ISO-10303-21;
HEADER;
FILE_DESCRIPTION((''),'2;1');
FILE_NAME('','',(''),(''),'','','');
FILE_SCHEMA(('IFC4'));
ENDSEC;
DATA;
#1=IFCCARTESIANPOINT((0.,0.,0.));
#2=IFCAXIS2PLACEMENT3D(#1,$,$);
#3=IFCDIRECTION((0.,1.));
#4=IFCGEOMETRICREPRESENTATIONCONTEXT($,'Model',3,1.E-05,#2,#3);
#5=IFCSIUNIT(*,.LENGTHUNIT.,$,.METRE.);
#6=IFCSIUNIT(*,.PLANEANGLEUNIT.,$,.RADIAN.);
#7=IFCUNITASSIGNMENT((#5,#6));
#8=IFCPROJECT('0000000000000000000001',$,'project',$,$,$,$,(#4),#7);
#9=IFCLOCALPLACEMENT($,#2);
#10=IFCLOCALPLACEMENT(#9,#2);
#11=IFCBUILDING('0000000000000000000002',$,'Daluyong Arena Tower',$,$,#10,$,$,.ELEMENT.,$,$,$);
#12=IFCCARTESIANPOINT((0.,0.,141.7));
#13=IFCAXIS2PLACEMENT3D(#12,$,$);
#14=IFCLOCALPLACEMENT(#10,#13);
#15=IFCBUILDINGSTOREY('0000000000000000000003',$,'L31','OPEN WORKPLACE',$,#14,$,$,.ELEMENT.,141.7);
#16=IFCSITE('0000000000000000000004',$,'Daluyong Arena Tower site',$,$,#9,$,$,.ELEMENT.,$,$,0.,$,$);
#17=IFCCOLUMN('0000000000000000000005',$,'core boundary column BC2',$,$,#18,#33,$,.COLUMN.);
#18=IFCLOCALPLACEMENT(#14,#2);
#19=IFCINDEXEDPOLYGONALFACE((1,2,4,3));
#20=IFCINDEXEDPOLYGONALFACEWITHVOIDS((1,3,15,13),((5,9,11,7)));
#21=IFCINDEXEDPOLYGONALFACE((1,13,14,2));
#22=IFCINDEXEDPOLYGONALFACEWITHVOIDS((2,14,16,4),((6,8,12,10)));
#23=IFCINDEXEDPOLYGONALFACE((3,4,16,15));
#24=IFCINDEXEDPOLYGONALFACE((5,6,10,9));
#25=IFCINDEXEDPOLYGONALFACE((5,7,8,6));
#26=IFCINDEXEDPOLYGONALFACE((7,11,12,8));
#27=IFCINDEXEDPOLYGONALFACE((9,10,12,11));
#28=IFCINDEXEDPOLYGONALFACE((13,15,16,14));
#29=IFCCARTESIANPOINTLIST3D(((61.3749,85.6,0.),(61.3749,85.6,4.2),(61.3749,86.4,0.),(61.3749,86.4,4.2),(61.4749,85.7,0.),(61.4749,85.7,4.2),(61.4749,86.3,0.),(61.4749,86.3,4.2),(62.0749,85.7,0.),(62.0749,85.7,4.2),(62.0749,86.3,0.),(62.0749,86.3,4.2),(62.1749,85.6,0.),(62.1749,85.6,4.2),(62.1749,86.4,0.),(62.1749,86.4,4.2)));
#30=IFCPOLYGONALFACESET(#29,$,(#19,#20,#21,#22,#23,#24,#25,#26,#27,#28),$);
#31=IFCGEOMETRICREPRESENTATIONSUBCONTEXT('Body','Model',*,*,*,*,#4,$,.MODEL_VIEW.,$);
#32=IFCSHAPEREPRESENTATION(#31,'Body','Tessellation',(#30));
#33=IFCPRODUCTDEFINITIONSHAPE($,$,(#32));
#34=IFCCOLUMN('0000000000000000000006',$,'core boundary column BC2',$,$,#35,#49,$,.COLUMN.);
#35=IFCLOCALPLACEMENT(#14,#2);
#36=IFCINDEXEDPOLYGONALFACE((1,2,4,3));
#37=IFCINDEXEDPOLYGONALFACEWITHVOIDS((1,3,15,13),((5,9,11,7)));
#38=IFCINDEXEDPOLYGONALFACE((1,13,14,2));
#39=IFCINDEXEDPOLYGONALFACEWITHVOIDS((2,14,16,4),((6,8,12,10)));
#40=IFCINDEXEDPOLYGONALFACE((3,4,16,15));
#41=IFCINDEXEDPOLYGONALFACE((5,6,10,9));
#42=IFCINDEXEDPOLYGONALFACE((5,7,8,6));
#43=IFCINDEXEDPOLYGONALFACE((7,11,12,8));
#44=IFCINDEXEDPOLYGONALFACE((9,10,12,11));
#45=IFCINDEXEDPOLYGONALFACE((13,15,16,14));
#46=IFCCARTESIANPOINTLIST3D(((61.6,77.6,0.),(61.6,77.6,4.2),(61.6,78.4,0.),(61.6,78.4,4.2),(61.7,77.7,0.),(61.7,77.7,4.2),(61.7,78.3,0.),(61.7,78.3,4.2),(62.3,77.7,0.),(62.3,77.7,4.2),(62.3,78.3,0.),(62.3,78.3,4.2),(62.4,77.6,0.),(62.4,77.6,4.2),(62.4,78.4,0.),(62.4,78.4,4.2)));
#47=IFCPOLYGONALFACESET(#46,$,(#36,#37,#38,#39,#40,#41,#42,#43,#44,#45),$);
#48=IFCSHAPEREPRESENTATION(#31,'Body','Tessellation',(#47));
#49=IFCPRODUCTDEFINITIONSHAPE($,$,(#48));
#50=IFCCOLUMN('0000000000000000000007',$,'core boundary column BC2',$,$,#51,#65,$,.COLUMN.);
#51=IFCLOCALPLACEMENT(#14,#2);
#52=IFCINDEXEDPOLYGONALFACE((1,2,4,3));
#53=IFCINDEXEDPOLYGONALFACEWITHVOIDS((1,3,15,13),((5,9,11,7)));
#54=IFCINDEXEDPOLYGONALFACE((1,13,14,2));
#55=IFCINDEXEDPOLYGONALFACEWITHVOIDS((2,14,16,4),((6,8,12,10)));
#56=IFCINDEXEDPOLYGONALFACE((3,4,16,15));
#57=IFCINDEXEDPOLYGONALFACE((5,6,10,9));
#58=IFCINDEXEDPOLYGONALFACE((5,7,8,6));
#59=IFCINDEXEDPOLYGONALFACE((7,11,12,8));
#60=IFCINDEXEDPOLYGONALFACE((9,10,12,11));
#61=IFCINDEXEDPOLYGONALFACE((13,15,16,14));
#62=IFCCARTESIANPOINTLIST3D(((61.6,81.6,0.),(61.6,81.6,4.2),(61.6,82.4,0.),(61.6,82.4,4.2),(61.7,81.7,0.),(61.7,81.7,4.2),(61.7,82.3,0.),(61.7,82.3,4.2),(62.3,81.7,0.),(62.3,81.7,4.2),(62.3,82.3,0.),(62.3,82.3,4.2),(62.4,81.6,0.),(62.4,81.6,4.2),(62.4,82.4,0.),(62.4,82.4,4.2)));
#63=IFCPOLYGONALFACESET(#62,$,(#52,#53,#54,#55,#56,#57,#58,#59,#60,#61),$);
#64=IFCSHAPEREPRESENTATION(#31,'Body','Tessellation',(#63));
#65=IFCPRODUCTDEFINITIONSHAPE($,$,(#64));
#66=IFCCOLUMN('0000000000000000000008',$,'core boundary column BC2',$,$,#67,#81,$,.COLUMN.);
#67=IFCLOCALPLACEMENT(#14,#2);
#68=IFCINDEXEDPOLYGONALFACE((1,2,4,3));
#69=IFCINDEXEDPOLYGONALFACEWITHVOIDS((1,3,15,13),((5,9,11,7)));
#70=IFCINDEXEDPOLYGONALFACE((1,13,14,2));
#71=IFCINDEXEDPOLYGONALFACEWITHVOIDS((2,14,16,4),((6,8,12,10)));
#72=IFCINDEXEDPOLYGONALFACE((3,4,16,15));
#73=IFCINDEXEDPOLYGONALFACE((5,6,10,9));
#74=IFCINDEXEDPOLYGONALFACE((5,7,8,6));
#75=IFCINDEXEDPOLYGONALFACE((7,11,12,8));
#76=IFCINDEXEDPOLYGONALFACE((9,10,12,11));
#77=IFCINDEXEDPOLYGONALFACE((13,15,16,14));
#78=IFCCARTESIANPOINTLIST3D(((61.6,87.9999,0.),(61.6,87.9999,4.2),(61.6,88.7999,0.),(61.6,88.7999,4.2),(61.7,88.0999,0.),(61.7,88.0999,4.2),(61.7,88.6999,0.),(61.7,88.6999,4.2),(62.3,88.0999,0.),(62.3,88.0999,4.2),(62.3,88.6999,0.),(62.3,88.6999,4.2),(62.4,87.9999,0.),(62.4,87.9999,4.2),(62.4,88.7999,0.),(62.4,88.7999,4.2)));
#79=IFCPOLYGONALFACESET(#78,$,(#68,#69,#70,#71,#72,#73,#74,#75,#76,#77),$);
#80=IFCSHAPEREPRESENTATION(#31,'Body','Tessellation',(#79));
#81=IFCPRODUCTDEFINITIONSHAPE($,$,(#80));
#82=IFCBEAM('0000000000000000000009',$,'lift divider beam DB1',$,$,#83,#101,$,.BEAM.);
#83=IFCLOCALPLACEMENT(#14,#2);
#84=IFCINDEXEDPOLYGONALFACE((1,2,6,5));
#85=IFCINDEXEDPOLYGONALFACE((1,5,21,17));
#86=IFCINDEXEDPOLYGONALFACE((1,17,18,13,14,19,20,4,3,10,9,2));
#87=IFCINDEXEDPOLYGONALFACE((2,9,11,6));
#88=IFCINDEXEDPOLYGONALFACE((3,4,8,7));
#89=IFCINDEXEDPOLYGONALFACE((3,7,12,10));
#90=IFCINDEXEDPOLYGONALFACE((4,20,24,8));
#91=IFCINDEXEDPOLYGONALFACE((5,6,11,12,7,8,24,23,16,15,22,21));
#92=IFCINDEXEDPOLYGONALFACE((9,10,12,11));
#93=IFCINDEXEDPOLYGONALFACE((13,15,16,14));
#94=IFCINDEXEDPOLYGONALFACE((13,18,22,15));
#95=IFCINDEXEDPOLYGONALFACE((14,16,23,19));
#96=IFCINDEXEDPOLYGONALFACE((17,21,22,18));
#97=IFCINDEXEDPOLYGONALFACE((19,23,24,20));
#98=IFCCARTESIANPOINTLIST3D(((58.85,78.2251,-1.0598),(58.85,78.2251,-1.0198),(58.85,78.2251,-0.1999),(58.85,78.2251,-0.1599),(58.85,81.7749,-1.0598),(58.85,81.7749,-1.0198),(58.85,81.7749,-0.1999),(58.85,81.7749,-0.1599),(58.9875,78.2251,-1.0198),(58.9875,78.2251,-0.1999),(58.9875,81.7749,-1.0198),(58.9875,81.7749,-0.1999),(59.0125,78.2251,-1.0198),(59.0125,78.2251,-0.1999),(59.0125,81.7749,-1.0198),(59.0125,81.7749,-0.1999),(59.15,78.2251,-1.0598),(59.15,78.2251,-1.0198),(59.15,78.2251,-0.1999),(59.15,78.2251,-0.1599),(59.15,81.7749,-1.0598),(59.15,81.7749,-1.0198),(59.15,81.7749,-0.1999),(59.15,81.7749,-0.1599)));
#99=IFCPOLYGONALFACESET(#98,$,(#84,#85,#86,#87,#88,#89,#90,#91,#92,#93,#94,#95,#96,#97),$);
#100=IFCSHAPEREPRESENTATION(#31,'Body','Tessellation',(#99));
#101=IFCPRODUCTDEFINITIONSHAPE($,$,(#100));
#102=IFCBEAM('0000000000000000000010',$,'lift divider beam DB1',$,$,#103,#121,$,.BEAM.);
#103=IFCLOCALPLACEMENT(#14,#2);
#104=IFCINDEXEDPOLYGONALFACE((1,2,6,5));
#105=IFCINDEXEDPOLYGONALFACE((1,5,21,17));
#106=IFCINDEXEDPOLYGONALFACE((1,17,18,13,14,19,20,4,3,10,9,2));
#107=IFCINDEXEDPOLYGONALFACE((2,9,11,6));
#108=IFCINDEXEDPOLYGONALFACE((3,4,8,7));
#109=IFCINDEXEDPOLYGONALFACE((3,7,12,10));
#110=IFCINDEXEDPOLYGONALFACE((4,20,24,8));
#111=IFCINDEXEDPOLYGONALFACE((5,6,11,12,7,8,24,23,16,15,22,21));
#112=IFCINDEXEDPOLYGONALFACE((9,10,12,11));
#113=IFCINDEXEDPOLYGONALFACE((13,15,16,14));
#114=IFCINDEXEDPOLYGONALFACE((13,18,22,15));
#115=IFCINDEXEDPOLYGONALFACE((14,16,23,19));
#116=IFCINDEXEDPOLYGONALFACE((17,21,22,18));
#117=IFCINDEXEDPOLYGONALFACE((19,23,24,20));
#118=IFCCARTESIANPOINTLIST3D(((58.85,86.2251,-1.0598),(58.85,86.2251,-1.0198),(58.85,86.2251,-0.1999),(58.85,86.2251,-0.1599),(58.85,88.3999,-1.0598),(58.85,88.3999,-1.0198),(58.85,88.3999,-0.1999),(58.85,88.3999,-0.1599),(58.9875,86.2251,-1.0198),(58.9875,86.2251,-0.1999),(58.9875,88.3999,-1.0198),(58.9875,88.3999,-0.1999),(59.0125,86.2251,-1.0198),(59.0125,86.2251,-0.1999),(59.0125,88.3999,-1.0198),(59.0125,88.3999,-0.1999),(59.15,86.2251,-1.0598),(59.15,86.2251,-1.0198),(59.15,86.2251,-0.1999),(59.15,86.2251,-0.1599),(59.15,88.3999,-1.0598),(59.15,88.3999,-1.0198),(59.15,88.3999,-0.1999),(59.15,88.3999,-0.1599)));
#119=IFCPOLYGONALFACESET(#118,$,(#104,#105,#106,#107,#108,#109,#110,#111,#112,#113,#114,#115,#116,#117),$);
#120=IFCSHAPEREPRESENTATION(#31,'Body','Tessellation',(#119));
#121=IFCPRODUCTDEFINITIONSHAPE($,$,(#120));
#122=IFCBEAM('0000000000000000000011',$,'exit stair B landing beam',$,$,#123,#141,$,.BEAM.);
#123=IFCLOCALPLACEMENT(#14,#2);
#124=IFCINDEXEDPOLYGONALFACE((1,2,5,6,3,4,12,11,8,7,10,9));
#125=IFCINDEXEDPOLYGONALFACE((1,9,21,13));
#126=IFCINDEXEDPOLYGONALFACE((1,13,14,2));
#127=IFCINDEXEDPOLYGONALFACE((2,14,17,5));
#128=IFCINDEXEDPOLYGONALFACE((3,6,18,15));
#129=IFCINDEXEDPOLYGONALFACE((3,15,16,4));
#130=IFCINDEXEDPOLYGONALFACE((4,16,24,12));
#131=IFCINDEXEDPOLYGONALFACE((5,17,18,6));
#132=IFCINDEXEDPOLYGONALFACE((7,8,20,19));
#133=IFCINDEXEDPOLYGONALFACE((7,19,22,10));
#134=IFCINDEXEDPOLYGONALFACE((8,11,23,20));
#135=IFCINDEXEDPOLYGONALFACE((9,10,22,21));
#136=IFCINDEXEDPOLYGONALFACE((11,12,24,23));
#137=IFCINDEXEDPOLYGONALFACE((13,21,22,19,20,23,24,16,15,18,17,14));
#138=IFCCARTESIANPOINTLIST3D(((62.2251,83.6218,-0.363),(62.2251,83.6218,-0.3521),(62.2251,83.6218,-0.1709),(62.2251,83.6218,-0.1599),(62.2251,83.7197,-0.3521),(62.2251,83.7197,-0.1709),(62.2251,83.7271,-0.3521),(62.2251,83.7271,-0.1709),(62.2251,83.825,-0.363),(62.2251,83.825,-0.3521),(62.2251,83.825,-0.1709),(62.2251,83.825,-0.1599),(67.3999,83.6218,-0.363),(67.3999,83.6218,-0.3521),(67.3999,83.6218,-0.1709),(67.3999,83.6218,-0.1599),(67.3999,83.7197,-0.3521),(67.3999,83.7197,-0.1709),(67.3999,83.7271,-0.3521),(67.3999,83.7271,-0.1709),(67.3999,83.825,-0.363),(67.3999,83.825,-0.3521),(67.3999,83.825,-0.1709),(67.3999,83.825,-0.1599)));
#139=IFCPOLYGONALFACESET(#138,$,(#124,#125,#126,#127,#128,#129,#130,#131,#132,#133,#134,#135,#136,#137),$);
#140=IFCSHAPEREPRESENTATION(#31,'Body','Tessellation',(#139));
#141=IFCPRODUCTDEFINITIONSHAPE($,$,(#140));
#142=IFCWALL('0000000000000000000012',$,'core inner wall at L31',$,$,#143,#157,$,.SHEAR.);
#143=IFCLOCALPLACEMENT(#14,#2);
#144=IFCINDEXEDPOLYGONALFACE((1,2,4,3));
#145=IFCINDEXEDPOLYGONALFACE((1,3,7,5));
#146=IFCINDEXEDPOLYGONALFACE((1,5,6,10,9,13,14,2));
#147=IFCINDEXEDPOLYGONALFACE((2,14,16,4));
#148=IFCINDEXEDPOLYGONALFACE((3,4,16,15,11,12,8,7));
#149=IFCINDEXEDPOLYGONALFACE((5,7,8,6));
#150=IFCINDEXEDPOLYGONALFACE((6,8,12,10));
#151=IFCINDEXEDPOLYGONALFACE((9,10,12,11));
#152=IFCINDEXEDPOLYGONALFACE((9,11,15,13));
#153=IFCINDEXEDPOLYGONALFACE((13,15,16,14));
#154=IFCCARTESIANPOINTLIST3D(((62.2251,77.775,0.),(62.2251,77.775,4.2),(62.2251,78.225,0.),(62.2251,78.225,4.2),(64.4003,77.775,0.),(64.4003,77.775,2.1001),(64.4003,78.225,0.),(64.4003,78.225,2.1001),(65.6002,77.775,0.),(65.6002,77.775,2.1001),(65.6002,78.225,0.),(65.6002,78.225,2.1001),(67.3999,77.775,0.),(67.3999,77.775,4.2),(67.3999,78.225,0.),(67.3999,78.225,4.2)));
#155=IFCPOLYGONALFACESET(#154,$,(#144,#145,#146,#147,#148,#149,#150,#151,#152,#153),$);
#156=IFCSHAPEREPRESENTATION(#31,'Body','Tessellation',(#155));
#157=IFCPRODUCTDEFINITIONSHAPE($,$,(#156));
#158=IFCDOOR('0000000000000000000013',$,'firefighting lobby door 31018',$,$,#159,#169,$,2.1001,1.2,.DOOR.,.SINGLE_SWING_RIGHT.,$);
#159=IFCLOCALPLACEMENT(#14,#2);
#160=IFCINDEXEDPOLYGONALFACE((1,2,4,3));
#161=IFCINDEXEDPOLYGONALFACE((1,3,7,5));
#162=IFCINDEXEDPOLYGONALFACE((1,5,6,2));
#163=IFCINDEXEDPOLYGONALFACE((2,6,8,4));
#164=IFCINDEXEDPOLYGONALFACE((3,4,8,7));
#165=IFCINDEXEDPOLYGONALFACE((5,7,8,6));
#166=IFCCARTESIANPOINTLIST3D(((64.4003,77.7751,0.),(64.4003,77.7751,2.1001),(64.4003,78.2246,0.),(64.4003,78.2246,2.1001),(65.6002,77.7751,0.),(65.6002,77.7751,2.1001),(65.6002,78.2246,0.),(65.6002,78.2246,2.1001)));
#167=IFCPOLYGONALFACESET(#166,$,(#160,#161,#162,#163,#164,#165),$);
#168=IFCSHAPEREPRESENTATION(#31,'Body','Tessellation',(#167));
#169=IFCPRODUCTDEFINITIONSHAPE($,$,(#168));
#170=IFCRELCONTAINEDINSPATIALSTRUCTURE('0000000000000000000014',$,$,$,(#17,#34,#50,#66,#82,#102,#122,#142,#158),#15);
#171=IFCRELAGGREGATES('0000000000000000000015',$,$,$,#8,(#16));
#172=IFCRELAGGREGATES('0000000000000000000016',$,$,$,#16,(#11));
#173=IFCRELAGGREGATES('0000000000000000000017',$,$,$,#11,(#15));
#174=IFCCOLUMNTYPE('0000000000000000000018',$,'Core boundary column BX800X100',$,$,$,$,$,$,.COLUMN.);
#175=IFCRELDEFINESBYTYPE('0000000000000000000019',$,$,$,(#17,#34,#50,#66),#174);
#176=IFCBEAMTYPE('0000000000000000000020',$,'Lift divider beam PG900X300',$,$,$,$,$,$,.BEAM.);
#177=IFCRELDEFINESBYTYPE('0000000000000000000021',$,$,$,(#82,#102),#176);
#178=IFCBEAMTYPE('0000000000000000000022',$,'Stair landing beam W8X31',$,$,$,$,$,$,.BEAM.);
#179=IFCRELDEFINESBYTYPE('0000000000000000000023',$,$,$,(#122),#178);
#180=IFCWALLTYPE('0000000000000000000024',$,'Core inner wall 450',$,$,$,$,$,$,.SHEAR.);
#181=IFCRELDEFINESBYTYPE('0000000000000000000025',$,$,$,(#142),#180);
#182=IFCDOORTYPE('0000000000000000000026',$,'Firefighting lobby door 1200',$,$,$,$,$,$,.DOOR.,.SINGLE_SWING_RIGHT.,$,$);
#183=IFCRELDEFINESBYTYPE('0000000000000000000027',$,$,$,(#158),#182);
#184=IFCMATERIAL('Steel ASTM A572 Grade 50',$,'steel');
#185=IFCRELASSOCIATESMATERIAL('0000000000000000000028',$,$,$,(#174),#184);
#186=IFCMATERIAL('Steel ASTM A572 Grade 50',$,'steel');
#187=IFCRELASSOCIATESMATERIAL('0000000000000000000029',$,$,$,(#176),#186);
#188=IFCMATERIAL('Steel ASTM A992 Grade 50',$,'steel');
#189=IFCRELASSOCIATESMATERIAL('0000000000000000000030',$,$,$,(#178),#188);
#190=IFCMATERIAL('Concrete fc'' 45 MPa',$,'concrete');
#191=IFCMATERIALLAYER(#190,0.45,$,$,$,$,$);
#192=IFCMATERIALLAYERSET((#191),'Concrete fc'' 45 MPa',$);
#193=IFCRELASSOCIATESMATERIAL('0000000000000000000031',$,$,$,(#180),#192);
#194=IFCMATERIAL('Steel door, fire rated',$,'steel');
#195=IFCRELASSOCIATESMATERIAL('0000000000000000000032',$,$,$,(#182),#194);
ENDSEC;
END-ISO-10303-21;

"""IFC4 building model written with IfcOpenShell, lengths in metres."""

from ifc_helpers import new_model, si_unit, direction, frame, frame_2d, origin, origin_2d, place, context, subcontext, project, spatial, rectangle, hollow_rectangle, i_section, extrude, material, layer, layer_set, material_profile, profile_set, type_object, element, fill, save


model = new_model("IFC4")

# Units and contexts
model_context = context("Model", 3, precision=1e-05, world=origin(), true_north=direction((0.0, 1.0)))
body_context = subcontext(model_context, "Body", "Model", "MODEL_VIEW")
ifc_project = project(units=[si_unit("LENGTHUNIT", "METRE"), si_unit("PLANEANGLEUNIT", "RADIAN")], contexts=[model_context])

# Site, building, storey
site_placement = place(None, origin())
site = spatial("IfcSite", under=ifc_project, at=site_placement, Name="Daluyong Arena Tower site", CompositionType="ELEMENT", RefElevation=0.0)
building_placement = place(site_placement, origin())
building = spatial("IfcBuilding", under=site, at=building_placement, Name="Daluyong Arena Tower", CompositionType="ELEMENT")
storey_placement = place(building_placement, frame((0.0, 0.0, 141.7)))
storey = spatial("IfcBuildingStorey", under=building, at=storey_placement, Name="L31", Description="OPEN WORKPLACE", CompositionType="ELEMENT", Elevation=141.7)

# Columns
ifc_material_1 = material(Name="Steel ASTM A572 Grade 50", Category="steel")
ifc_material_profile_1 = material_profile(ifc_material_1, hollow_rectangle(XDim=0.8, YDim=0.8, WallThickness=0.1, at=origin_2d()))
ifc_profile_set_1 = profile_set([ifc_material_profile_1], Name="Steel ASTM A572 Grade 50")
column_type = type_object("IfcColumnType", Name="Core boundary column BX800X100", PredefinedType="COLUMN", material=ifc_profile_set_1)
for number, where, z_axis, x_axis, name in (
    (1, (61.7749, 86.0, 0.0), (0.0, 0.0, 1.0), (1.0, 0.0, 0.0), "core boundary column BC2"),
    (2, (62.0, 78.0, 0.0), (0.0, 0.0, 1.0), (1.0, 0.0, 0.0), "core boundary column BC2"),
    (3, (62.0, 82.0, 0.0), (0.0, 0.0, 1.0), (1.0, 0.0, 0.0), "core boundary column BC2"),
    (4, (62.0, 88.3999, 0.0), (0.0, 0.0, 1.0), (1.0, 0.0, 0.0), "core boundary column BC2"),
):
    element("IfcColumn", number, at=place(storey_placement, frame(where, z_axis=z_axis, x_axis=x_axis)), inside=storey, type_object=column_type, Name=name, PredefinedType="COLUMN", context=body_context, shape_type="SweptSolid", body=[
        extrude(hollow_rectangle(XDim=0.8, YDim=0.8, WallThickness=0.1, at=origin_2d()), origin(), (0.0, 0.0, 1.0), 4.2),
    ])

# Beams
ifc_material_2 = material(Name="Steel ASTM A572 Grade 50", Category="steel")
ifc_material_profile_2 = material_profile(ifc_material_2, i_section(OverallWidth=0.3, OverallDepth=0.8999, WebThickness=0.025, FlangeThickness=0.04, at=origin_2d()))
ifc_profile_set_2 = profile_set([ifc_material_profile_2], Name="Steel ASTM A572 Grade 50")
beam_type_1 = type_object("IfcBeamType", Name="Lift divider beam PG900X300", PredefinedType="BEAM", material=ifc_profile_set_2)
beam_1_placement = place(storey_placement, frame((59.0, 78.2251, -0.6099), z_axis=(0.0, 1.0, 0.0), x_axis=(-1.0, 0.0, 0.0)))
element("IfcBeam", 5, at=beam_1_placement, inside=storey, type_object=beam_type_1, Name="lift divider beam DB1", PredefinedType="BEAM", context=body_context, shape_type="SweptSolid", body=[
    extrude(i_section(OverallWidth=0.3, OverallDepth=0.8999, WebThickness=0.025, FlangeThickness=0.04, at=origin_2d()), origin(), (0.0, 0.0, 1.0), 3.5498),
])
beam_2_placement = place(storey_placement, frame((59.0, 86.2251, -0.6099), z_axis=(0.0, 1.0, 0.0), x_axis=(-1.0, 0.0, 0.0)))
element("IfcBeam", 6, at=beam_2_placement, inside=storey, type_object=beam_type_1, Name="lift divider beam DB1", PredefinedType="BEAM", context=body_context, shape_type="SweptSolid", body=[
    extrude(i_section(OverallWidth=0.3, OverallDepth=0.8999, WebThickness=0.025, FlangeThickness=0.04, at=origin_2d()), origin(), (0.0, 0.0, 1.0), 2.1748),
])
ifc_material_3 = material(Name="Steel ASTM A992 Grade 50", Category="steel")
ifc_material_profile_3 = material_profile(ifc_material_3, i_section(OverallWidth=0.2031, OverallDepth=0.2031, WebThickness=0.0073, FlangeThickness=0.011, at=origin_2d()))
ifc_profile_set_3 = profile_set([ifc_material_profile_3], Name="Steel ASTM A992 Grade 50")
beam_type_2 = type_object("IfcBeamType", Name="Stair landing beam W8X31", PredefinedType="BEAM", material=ifc_profile_set_3)
beam_3_placement = place(storey_placement, frame((62.2251, 83.7234, -0.2615), z_axis=(1.0, 0.0, 0.0), x_axis=(0.0, 1.0, 0.0)))
element("IfcBeam", 7, at=beam_3_placement, inside=storey, type_object=beam_type_2, Name="exit stair B landing beam", PredefinedType="BEAM", context=body_context, shape_type="SweptSolid", body=[
    extrude(i_section(OverallWidth=0.2031, OverallDepth=0.2031, WebThickness=0.0073, FlangeThickness=0.011, at=origin_2d()), origin(), (0.0, 0.0, 1.0), 5.1748),
])

# Wall, opening, door
ifc_material_4 = material(Name="Concrete fc' 45 MPa", Category="concrete")
ifc_layer_1 = layer(ifc_material_4, 0.45)
ifc_layer_set_1 = layer_set([ifc_layer_1], Name="Concrete fc' 45 MPa")
wall_type_1 = type_object("IfcWallType", Name="Core inner wall 450", PredefinedType="SHEAR", material=ifc_layer_set_1)
wall_1_placement = place(storey_placement, frame((62.2251, 78.0, 0.0), z_axis=(0.0, 0.0, 1.0), x_axis=(1.0, 0.0, 0.0)))
wall_1 = element("IfcWall", 8, at=wall_1_placement, inside=storey, type_object=wall_type_1, Name="core inner wall at L31", PredefinedType="SHEAR", context=body_context, shape_type="SweptSolid", body=[
    extrude(rectangle(XDim=5.1748, YDim=0.45, at=frame_2d((2.5874, 0.0))), origin(), (0.0, 0.0, 1.0), 4.2),
])
opening_1_placement = place(wall_1_placement, frame((2.175, 0.0, 0.0)))
opening_1 = element("IfcOpeningElement", 9, at=opening_1_placement, cuts=wall_1, PredefinedType="OPENING", context=body_context, shape_type="SweptSolid", body=[
    extrude(rectangle(XDim=1.2, YDim=2.1001, at=frame_2d((0.6001, 1.05))), frame((0.0, 0.2349, 0.0), z_axis=(0.0, -1.0, 0.0), x_axis=(1.0, 0.0, 0.0)), (0.0, 0.0, 1.0), 0.47),
])
ifc_material_5 = material(Name="Steel door, fire rated", Category="steel")
door_type_1 = type_object("IfcDoorType", Name="Firefighting lobby door 1200", OperationType="SINGLE_SWING_RIGHT", PredefinedType="DOOR", material=ifc_material_5)
door_1_placement = place(opening_1_placement, origin())
door_1 = element("IfcDoor", 10, at=door_1_placement, inside=storey, type_object=door_type_1, Name="firefighting lobby door 31018", OperationType="SINGLE_SWING_RIGHT", OverallHeight=2.1001, OverallWidth=1.2, PredefinedType="DOOR", context=body_context, shape_type="SweptSolid", body=[
    extrude(rectangle(XDim=1.2, YDim=2.1001, at=frame_2d((0.6001, 1.05))), frame((0.0, 0.2246, 0.0), z_axis=(0.0, -1.0, 0.0), x_axis=(1.0, 0.0, 0.0)), (0.0, 0.0, 1.0), 0.4495),
])
fill(opening_1, door_1)

save(model, "model.ifc")
